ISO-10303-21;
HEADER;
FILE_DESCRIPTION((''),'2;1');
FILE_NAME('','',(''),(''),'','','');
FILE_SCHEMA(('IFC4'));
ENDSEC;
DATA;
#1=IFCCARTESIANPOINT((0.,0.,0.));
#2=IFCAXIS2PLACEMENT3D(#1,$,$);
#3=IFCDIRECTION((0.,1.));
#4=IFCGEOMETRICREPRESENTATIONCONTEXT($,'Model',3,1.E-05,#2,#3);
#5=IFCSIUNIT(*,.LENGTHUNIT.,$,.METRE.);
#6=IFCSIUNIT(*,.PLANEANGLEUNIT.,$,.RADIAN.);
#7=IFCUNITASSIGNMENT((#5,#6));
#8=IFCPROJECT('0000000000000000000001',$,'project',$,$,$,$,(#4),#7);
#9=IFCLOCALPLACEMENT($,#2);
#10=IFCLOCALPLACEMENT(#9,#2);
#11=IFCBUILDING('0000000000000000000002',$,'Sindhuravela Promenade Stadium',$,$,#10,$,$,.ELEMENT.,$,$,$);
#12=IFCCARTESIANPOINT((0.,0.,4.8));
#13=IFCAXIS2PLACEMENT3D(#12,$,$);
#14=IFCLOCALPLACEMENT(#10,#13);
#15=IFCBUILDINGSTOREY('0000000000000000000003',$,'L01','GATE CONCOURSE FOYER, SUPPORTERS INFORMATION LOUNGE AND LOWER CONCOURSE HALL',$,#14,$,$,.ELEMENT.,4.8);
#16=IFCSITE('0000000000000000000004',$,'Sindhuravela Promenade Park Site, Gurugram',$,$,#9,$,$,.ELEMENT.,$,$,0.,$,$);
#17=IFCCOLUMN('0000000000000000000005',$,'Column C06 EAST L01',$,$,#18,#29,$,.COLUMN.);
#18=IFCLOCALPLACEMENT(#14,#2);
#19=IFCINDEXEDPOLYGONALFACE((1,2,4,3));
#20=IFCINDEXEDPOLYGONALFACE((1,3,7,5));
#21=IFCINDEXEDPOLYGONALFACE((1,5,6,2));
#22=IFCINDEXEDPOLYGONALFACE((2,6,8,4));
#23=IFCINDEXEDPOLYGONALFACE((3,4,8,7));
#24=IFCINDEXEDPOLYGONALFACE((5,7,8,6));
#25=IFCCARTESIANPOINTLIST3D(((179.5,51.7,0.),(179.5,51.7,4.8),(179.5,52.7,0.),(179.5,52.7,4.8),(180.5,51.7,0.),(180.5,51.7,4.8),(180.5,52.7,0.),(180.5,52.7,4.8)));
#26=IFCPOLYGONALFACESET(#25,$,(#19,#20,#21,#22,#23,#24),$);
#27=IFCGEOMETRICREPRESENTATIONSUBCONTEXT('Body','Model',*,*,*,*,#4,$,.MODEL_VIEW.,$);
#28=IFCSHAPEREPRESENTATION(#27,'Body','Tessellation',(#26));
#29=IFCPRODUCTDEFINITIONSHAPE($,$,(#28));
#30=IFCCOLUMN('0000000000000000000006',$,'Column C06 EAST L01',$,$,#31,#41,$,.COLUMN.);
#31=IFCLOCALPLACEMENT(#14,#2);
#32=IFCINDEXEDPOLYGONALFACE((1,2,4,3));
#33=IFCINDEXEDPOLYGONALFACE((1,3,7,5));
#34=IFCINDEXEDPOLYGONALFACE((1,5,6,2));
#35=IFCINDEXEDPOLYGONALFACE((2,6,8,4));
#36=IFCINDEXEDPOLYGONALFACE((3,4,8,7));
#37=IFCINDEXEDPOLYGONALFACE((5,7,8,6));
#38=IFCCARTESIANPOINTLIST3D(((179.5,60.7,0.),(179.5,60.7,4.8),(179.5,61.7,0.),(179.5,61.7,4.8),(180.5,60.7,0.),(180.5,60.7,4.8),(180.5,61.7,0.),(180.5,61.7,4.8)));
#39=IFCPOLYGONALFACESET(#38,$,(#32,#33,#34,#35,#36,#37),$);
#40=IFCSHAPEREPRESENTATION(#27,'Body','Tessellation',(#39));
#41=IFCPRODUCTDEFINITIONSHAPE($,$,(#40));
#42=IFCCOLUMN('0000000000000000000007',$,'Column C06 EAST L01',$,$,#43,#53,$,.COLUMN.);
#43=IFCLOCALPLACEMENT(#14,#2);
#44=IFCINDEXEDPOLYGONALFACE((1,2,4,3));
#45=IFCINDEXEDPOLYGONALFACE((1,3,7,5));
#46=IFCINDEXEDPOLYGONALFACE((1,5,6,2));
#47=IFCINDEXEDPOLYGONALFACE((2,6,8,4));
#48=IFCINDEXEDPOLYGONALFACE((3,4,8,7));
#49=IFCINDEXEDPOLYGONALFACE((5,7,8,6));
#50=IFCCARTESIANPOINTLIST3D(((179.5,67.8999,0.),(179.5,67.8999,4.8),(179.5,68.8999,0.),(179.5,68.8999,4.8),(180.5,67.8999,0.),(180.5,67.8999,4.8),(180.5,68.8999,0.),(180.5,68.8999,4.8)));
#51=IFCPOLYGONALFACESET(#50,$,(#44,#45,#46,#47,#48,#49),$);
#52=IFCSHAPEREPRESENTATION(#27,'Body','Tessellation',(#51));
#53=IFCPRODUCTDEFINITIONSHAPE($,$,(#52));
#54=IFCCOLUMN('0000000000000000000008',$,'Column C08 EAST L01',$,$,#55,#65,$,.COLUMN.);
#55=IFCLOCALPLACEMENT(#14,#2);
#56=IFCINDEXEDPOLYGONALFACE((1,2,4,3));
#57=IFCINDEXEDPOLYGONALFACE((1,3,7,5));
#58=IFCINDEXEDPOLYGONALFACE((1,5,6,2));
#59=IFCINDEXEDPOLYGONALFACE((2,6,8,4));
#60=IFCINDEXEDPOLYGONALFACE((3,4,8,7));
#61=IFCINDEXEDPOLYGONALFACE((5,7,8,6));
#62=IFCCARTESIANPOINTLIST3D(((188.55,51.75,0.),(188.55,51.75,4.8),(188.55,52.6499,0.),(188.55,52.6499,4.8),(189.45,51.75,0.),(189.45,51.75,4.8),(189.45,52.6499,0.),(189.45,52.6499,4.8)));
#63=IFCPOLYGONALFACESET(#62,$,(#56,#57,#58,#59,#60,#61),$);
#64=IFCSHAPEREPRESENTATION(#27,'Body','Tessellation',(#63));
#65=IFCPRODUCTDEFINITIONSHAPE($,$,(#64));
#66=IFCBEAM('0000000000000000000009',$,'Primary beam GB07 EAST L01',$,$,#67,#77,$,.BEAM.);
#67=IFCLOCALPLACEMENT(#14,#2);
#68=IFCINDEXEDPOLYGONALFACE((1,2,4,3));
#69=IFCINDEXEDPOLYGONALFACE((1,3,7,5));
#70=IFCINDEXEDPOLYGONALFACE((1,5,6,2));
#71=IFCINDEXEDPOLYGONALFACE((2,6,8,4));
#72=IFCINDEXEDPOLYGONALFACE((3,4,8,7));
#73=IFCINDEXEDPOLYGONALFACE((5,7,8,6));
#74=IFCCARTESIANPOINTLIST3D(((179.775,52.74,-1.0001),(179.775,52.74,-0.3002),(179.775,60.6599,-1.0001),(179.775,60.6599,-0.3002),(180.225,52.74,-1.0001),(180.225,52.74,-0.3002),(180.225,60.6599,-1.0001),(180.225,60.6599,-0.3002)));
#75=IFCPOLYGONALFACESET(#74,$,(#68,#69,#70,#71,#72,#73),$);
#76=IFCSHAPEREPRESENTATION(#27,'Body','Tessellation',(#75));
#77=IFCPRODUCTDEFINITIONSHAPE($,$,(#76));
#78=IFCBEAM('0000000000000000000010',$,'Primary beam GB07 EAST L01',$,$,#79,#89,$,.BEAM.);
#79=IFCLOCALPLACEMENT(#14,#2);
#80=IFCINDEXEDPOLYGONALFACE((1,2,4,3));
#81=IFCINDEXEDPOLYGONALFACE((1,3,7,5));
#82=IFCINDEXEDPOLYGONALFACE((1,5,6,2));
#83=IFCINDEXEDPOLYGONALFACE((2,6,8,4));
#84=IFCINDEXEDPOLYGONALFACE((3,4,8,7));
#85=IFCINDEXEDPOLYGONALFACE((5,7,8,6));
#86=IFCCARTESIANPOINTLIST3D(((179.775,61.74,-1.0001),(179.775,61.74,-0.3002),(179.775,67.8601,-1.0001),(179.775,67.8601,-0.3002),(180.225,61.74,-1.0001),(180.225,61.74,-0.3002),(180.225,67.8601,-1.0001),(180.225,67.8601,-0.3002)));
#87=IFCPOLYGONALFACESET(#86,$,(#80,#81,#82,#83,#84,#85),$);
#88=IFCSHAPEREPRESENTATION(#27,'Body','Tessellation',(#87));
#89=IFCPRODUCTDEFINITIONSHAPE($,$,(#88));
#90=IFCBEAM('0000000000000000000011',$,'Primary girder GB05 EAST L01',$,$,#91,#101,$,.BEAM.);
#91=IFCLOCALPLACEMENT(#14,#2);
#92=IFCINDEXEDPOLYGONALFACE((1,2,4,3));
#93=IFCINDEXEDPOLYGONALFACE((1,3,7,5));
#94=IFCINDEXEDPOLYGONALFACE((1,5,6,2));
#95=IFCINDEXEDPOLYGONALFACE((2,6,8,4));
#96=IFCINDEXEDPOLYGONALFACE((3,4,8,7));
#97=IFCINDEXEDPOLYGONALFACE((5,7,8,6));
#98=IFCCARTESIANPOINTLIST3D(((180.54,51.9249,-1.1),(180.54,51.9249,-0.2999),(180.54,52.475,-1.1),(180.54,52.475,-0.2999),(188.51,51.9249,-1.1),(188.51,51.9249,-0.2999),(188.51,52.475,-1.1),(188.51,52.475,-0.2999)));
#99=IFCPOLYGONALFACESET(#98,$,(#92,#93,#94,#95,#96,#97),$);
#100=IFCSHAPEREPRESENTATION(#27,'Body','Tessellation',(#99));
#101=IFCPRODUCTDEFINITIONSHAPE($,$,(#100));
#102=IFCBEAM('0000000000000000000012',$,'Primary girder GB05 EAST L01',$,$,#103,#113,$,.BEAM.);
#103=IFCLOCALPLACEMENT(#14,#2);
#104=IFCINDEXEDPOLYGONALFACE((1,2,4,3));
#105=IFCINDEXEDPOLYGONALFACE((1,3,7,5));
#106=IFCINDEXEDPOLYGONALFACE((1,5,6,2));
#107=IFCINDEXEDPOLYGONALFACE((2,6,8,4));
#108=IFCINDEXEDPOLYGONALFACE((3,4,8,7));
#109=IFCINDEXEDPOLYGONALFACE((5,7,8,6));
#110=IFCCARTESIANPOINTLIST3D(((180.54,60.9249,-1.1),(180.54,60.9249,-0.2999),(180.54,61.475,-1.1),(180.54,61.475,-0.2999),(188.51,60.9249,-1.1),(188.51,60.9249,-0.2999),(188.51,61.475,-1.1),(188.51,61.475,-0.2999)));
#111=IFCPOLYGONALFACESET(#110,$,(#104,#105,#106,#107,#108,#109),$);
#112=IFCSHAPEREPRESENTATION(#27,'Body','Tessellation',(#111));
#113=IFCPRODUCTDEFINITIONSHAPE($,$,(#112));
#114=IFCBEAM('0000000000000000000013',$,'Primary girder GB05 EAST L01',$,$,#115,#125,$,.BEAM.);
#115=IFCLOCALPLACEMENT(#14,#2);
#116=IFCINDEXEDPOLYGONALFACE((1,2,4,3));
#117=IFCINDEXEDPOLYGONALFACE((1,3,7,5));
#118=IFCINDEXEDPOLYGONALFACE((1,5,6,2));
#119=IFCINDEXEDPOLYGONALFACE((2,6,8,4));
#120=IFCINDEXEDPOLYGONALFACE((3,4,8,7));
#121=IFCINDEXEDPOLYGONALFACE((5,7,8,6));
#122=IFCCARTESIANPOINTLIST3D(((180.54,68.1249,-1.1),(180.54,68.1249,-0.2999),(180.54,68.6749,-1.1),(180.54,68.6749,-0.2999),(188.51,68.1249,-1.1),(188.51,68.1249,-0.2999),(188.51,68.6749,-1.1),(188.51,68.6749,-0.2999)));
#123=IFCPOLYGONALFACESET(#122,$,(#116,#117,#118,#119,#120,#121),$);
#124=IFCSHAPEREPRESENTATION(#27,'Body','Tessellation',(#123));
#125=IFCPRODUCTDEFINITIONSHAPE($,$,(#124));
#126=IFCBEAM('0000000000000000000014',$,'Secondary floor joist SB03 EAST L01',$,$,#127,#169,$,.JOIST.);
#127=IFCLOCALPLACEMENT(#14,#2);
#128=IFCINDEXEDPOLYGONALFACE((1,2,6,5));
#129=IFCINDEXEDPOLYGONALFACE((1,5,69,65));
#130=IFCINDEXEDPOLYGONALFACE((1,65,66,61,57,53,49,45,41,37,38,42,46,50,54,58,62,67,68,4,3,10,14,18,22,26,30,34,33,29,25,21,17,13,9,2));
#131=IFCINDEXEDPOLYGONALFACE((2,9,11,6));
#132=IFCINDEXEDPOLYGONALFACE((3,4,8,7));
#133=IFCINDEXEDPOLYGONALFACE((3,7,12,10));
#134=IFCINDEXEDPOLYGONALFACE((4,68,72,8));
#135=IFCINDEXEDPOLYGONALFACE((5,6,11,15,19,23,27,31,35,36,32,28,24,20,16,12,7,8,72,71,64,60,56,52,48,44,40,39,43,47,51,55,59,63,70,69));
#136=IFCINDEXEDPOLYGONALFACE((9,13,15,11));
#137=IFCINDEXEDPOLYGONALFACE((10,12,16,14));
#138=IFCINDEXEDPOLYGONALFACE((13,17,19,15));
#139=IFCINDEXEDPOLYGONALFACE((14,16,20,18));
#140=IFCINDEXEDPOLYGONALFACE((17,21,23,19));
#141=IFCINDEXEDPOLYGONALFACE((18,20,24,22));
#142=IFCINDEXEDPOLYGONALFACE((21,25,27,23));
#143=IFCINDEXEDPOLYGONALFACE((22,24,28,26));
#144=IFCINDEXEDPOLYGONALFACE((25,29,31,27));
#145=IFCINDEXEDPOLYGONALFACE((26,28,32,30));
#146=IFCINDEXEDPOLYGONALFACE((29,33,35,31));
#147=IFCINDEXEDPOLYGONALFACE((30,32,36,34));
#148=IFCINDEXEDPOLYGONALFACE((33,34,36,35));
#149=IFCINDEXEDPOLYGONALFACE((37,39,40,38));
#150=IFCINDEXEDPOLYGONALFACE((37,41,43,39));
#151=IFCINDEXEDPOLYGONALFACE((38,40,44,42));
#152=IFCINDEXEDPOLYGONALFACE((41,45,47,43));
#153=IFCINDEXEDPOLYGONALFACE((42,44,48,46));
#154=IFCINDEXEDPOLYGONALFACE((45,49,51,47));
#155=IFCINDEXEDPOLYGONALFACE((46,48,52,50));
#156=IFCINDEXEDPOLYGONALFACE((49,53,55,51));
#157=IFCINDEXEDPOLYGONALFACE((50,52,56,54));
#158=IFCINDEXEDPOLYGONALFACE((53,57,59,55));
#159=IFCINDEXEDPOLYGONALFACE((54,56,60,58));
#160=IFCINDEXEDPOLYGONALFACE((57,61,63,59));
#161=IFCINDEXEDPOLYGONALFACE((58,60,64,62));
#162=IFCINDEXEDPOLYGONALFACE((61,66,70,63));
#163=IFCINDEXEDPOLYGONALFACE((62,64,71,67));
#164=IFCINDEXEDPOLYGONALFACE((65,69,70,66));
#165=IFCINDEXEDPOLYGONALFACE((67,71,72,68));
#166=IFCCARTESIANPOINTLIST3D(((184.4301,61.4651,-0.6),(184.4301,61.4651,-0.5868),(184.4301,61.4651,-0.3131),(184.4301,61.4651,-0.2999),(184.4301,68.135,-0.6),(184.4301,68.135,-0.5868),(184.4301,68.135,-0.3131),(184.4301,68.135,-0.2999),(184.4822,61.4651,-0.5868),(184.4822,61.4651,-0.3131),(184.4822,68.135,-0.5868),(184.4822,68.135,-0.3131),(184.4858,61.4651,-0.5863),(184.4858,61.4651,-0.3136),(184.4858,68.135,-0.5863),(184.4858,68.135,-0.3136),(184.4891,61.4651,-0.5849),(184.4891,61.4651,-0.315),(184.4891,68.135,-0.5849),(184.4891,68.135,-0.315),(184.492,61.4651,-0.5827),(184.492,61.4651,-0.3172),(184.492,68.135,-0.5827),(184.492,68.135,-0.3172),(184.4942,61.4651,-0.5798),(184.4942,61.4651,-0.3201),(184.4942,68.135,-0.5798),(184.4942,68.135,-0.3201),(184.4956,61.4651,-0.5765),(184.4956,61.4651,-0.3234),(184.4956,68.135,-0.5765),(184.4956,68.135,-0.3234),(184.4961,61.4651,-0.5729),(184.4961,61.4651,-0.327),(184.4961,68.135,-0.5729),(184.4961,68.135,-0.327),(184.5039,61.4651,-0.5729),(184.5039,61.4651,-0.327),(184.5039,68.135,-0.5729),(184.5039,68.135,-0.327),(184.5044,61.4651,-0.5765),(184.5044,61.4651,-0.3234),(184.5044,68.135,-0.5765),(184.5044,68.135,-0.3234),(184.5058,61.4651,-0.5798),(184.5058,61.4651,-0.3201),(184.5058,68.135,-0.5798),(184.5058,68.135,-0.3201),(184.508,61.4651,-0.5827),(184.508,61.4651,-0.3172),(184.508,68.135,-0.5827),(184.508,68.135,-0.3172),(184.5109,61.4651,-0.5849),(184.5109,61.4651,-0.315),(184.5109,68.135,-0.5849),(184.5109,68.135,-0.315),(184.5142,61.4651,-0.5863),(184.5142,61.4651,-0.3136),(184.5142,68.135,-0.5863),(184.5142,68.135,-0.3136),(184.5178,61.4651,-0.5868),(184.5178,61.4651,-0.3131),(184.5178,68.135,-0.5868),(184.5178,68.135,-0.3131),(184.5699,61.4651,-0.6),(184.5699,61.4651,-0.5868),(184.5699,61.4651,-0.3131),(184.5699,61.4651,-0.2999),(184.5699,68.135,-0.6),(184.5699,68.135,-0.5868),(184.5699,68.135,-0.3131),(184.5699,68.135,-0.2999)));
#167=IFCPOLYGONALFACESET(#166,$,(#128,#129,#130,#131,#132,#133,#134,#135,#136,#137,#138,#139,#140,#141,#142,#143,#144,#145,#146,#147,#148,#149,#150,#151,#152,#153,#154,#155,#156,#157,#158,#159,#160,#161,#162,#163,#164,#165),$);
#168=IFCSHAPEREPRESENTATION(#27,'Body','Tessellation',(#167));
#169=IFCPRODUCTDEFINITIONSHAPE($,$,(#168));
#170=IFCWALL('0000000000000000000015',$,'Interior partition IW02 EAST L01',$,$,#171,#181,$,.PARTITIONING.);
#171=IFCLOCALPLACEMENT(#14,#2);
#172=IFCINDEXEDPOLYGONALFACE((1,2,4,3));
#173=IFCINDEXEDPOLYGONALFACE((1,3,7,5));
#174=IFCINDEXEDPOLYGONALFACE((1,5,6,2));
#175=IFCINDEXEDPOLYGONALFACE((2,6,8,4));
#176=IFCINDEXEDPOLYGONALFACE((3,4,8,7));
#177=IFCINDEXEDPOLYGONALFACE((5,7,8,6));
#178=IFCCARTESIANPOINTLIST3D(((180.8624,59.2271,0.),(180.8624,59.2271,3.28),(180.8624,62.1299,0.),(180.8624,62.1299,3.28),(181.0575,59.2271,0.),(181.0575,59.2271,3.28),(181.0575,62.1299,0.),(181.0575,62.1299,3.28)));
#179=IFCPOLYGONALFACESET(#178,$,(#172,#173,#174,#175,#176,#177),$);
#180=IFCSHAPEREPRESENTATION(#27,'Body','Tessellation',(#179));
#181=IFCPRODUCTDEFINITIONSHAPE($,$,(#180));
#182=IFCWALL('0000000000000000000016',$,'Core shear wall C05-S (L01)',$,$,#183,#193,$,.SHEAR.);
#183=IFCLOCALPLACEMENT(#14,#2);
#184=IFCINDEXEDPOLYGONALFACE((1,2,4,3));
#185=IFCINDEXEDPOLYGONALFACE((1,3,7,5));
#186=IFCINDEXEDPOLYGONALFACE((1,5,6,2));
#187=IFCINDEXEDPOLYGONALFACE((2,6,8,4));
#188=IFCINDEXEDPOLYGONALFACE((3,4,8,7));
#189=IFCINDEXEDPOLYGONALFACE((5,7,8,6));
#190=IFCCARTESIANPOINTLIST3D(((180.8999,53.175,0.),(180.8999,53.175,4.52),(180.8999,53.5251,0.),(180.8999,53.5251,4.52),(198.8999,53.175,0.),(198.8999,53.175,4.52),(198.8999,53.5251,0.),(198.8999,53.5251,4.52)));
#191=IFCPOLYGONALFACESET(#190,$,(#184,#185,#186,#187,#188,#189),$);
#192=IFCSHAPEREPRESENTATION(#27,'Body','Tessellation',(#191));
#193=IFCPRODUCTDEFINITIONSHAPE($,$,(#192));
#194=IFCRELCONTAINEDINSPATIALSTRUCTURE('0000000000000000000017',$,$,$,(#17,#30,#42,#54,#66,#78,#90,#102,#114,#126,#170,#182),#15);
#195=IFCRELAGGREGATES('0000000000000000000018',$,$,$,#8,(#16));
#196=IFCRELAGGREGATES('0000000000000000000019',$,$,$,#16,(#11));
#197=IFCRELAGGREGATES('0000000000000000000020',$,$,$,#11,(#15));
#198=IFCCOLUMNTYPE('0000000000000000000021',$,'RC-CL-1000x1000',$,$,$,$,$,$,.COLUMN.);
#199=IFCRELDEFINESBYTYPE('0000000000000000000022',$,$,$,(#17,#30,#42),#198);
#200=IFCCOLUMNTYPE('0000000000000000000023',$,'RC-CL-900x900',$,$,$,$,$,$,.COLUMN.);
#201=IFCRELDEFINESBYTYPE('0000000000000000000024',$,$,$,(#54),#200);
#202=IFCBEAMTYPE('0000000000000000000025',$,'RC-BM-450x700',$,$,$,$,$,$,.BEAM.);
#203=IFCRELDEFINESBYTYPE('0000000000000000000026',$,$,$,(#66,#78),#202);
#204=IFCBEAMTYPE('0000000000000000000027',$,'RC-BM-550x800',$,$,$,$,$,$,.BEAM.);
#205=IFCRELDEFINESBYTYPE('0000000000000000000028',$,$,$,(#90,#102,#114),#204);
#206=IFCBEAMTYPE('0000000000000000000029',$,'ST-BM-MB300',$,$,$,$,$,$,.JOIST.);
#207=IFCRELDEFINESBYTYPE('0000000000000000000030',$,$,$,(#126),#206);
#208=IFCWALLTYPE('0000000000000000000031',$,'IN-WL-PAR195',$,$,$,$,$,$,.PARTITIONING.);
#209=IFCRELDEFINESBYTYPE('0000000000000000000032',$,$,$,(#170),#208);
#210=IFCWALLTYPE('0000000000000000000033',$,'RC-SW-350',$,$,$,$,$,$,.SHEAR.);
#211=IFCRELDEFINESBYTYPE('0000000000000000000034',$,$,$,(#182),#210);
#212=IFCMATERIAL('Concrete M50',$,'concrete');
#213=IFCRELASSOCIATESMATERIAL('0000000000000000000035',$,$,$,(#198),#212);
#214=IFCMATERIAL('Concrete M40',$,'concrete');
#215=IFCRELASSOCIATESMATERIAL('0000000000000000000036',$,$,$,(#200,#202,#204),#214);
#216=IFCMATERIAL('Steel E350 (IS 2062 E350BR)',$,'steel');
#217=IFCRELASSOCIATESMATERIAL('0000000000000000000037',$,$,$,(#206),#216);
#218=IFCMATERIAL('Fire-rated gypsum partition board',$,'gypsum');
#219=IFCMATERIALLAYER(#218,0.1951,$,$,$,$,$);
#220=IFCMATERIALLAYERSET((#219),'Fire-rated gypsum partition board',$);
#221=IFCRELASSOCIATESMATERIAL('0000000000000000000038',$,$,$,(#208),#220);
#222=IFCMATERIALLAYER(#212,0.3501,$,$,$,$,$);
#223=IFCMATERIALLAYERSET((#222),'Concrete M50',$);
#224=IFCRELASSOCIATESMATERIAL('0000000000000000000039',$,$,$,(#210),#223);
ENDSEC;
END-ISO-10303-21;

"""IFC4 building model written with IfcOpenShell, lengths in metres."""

from ifc_helpers import new_model, si_unit, direction, frame, frame_2d, origin, origin_2d, place, context, subcontext, project, spatial, rectangle, i_section, extrude, material, layer, layer_set, material_profile, profile_set, type_object, element, save


model = new_model("IFC4")

# Units and contexts
model_context = context("Model", 3, precision=1e-05, world=origin(), true_north=direction((0.0, 1.0)))
body_context = subcontext(model_context, "Body", "Model", "MODEL_VIEW")
ifc_project = project(units=[si_unit("LENGTHUNIT", "METRE"), si_unit("PLANEANGLEUNIT", "RADIAN")], contexts=[model_context])

# Site, building, storey
site_placement = place(None, origin())
site = spatial("IfcSite", under=ifc_project, at=site_placement, Name="Sindhuravela Promenade Park Site, Gurugram", CompositionType="ELEMENT", RefElevation=0.0)
building_placement = place(site_placement, origin())
building = spatial("IfcBuilding", under=site, at=building_placement, Name="Sindhuravela Promenade Stadium", CompositionType="ELEMENT")
storey_placement = place(building_placement, frame((0.0, 0.0, 4.8)))
storey = spatial("IfcBuildingStorey", under=building, at=storey_placement, Name="L01", Description="GATE CONCOURSE FOYER, SUPPORTERS INFORMATION LOUNGE AND LOWER CONCOURSE HALL", CompositionType="ELEMENT", Elevation=4.8)

# Columns
ifc_material_1 = material(Name="Concrete M50", Category="concrete")
ifc_material_profile_1 = material_profile(ifc_material_1, rectangle(XDim=1.0, YDim=1.0, at=origin_2d()), Name="RC 1000x1000")
ifc_profile_set_1 = profile_set([ifc_material_profile_1], Name="Concrete M50")
column_type_1 = type_object("IfcColumnType", Name="RC-CL-1000x1000", PredefinedType="COLUMN", material=ifc_profile_set_1)
for number, where, z_axis, x_axis, name in (
    (1, (180.0, 52.2, 0.0), (0.0, 0.0, 1.0), (1.0, 0.0, 0.0), "Column C06 EAST L01"),
    (2, (180.0, 61.2, 0.0), (0.0, 0.0, 1.0), (1.0, 0.0, 0.0), "Column C06 EAST L01"),
    (3, (180.0, 68.3999, 0.0), (0.0, 0.0, 1.0), (1.0, 0.0, 0.0), "Column C06 EAST L01"),
):
    element("IfcColumn", number, at=place(storey_placement, frame(where, z_axis=z_axis, x_axis=x_axis)), inside=storey, type_object=column_type_1, Name=name, PredefinedType="COLUMN", context=body_context, shape_type="SweptSolid", body=[
        extrude(rectangle(XDim=1.0, YDim=1.0, at=origin_2d()), origin(), (0.0, 0.0, 1.0), 4.8),
    ])
ifc_material_2 = material(Name="Concrete M40", Category="concrete")
ifc_material_profile_2 = material_profile(ifc_material_2, rectangle(XDim=0.8999, YDim=0.8999, at=origin_2d()), Name="RC 900x900")
ifc_profile_set_2 = profile_set([ifc_material_profile_2], Name="Concrete M40")
column_type_2 = type_object("IfcColumnType", Name="RC-CL-900x900", PredefinedType="COLUMN", material=ifc_profile_set_2)
column_placement = place(storey_placement, frame((189.0, 52.2, 0.0), z_axis=(0.0, 0.0, 1.0), x_axis=(1.0, 0.0, 0.0)))
element("IfcColumn", 4, at=column_placement, inside=storey, type_object=column_type_2, Name="Column C08 EAST L01", PredefinedType="COLUMN", context=body_context, shape_type="SweptSolid", body=[
    extrude(rectangle(XDim=0.8999, YDim=0.8999, at=origin_2d()), origin(), (0.0, 0.0, 1.0), 4.8),
])

# Beams
ifc_material_profile_3 = material_profile(ifc_material_2, rectangle(XDim=0.45, YDim=0.7, at=origin_2d()), Name="RC 450x700")
ifc_profile_set_3 = profile_set([ifc_material_profile_3], Name="Concrete M40")
beam_type_1 = type_object("IfcBeamType", Name="RC-BM-450x700", PredefinedType="BEAM", material=ifc_profile_set_3)
beam_1_placement = place(storey_placement, frame((180.0, 52.74, -0.6501), z_axis=(0.0, 1.0, 0.0), x_axis=(-1.0, 0.0, 0.0)))
element("IfcBeam", 5, at=beam_1_placement, inside=storey, type_object=beam_type_1, Name="Primary beam GB07 EAST L01", PredefinedType="BEAM", context=body_context, shape_type="SweptSolid", body=[
    extrude(rectangle(XDim=0.45, YDim=0.7, at=origin_2d()), origin(), (0.0, 0.0, 1.0), 7.9199),
])
beam_2_placement = place(storey_placement, frame((180.0, 61.74, -0.6501), z_axis=(0.0, 1.0, 0.0), x_axis=(-1.0, 0.0, 0.0)))
element("IfcBeam", 6, at=beam_2_placement, inside=storey, type_object=beam_type_1, Name="Primary beam GB07 EAST L01", PredefinedType="BEAM", context=body_context, shape_type="SweptSolid", body=[
    extrude(rectangle(XDim=0.45, YDim=0.7, at=origin_2d()), origin(), (0.0, 0.0, 1.0), 6.1201),
])
ifc_material_profile_4 = material_profile(ifc_material_2, rectangle(XDim=0.55, YDim=0.8, at=origin_2d()), Name="RC 550x800")
ifc_profile_set_4 = profile_set([ifc_material_profile_4], Name="Concrete M40")
beam_type_2 = type_object("IfcBeamType", Name="RC-BM-550x800", PredefinedType="BEAM", material=ifc_profile_set_4)
for number, where, z_axis, x_axis, name in (
    (7, (180.54, 52.2, -0.7), (1.0, 0.0, 0.0), (0.0, 1.0, 0.0), "Primary girder GB05 EAST L01"),
    (8, (180.54, 61.2, -0.7), (1.0, 0.0, 0.0), (0.0, 1.0, 0.0), "Primary girder GB05 EAST L01"),
    (9, (180.54, 68.3999, -0.7), (1.0, 0.0, 0.0), (0.0, 1.0, 0.0), "Primary girder GB05 EAST L01"),
):
    element("IfcBeam", number, at=place(storey_placement, frame(where, z_axis=z_axis, x_axis=x_axis)), inside=storey, type_object=beam_type_2, Name=name, PredefinedType="BEAM", context=body_context, shape_type="SweptSolid", body=[
        extrude(rectangle(XDim=0.55, YDim=0.8, at=origin_2d()), origin(), (0.0, 0.0, 1.0), 7.97),
    ])
ifc_material_3 = material(Name="Steel E350 (IS 2062 E350BR)", Category="steel")
ifc_material_profile_5 = material_profile(ifc_material_3, i_section(OverallWidth=0.1399, OverallDepth=0.3, WebThickness=0.0078, FlangeThickness=0.0132, FilletRadius=0.0139, at=origin_2d()), Name="ISMB 300")
ifc_profile_set_5 = profile_set([ifc_material_profile_5], Name="Steel E350 (IS 2062 E350BR)")
beam_type_3 = type_object("IfcBeamType", Name="ST-BM-MB300", PredefinedType="JOIST", material=ifc_profile_set_5)
beam_3_placement = place(storey_placement, frame((184.5, 61.4651, -0.45), z_axis=(0.0, 1.0, 0.0), x_axis=(-1.0, 0.0, 0.0)))
element("IfcBeam", 10, at=beam_3_placement, inside=storey, type_object=beam_type_3, Name="Secondary floor joist SB03 EAST L01", PredefinedType="JOIST", context=body_context, shape_type="SweptSolid", body=[
    extrude(i_section(OverallWidth=0.1399, OverallDepth=0.3, WebThickness=0.0078, FlangeThickness=0.0132, FilletRadius=0.0139, at=origin_2d()), origin(), (0.0, 0.0, 1.0), 6.6699),
])

# Walls
ifc_material_4 = material(Name="Fire-rated gypsum partition board", Category="gypsum")
ifc_layer_1 = layer(ifc_material_4, 0.1951)
ifc_layer_set_1 = layer_set([ifc_layer_1], Name="Fire-rated gypsum partition board")
wall_type_1 = type_object("IfcWallType", Name="IN-WL-PAR195", PredefinedType="PARTITIONING", material=ifc_layer_set_1)
wall_1_placement = place(storey_placement, frame((180.96, 62.1299, 0.0), z_axis=(0.0, 0.0, 1.0), x_axis=(0.0, -1.0, 0.0)))
element("IfcWall", 11, at=wall_1_placement, inside=storey, type_object=wall_type_1, Name="Interior partition IW02 EAST L01", PredefinedType="PARTITIONING", context=body_context, shape_type="SweptSolid", body=[
    extrude(rectangle(XDim=2.9028, YDim=0.1951, at=frame_2d((1.4514, 0.0))), origin(), (0.0, 0.0, 1.0), 3.28),
])
ifc_layer_2 = layer(ifc_material_1, 0.3501)
ifc_layer_set_2 = layer_set([ifc_layer_2], Name="Concrete M50")
wall_type_2 = type_object("IfcWallType", Name="RC-SW-350", PredefinedType="SHEAR", material=ifc_layer_set_2)
wall_2_placement = place(storey_placement, frame((180.8999, 53.3501, 0.0), z_axis=(0.0, 0.0, 1.0), x_axis=(1.0, 0.0, 0.0)))
element("IfcWall", 12, at=wall_2_placement, inside=storey, type_object=wall_type_2, Name="Core shear wall C05-S (L01)", PredefinedType="SHEAR", context=body_context, shape_type="SweptSolid", body=[
    extrude(rectangle(XDim=18.0, YDim=0.3501, at=frame_2d((9.0, 0.0))), origin(), (0.0, 0.0, 1.0), 4.52),
])

save(model, "model.ifc")
